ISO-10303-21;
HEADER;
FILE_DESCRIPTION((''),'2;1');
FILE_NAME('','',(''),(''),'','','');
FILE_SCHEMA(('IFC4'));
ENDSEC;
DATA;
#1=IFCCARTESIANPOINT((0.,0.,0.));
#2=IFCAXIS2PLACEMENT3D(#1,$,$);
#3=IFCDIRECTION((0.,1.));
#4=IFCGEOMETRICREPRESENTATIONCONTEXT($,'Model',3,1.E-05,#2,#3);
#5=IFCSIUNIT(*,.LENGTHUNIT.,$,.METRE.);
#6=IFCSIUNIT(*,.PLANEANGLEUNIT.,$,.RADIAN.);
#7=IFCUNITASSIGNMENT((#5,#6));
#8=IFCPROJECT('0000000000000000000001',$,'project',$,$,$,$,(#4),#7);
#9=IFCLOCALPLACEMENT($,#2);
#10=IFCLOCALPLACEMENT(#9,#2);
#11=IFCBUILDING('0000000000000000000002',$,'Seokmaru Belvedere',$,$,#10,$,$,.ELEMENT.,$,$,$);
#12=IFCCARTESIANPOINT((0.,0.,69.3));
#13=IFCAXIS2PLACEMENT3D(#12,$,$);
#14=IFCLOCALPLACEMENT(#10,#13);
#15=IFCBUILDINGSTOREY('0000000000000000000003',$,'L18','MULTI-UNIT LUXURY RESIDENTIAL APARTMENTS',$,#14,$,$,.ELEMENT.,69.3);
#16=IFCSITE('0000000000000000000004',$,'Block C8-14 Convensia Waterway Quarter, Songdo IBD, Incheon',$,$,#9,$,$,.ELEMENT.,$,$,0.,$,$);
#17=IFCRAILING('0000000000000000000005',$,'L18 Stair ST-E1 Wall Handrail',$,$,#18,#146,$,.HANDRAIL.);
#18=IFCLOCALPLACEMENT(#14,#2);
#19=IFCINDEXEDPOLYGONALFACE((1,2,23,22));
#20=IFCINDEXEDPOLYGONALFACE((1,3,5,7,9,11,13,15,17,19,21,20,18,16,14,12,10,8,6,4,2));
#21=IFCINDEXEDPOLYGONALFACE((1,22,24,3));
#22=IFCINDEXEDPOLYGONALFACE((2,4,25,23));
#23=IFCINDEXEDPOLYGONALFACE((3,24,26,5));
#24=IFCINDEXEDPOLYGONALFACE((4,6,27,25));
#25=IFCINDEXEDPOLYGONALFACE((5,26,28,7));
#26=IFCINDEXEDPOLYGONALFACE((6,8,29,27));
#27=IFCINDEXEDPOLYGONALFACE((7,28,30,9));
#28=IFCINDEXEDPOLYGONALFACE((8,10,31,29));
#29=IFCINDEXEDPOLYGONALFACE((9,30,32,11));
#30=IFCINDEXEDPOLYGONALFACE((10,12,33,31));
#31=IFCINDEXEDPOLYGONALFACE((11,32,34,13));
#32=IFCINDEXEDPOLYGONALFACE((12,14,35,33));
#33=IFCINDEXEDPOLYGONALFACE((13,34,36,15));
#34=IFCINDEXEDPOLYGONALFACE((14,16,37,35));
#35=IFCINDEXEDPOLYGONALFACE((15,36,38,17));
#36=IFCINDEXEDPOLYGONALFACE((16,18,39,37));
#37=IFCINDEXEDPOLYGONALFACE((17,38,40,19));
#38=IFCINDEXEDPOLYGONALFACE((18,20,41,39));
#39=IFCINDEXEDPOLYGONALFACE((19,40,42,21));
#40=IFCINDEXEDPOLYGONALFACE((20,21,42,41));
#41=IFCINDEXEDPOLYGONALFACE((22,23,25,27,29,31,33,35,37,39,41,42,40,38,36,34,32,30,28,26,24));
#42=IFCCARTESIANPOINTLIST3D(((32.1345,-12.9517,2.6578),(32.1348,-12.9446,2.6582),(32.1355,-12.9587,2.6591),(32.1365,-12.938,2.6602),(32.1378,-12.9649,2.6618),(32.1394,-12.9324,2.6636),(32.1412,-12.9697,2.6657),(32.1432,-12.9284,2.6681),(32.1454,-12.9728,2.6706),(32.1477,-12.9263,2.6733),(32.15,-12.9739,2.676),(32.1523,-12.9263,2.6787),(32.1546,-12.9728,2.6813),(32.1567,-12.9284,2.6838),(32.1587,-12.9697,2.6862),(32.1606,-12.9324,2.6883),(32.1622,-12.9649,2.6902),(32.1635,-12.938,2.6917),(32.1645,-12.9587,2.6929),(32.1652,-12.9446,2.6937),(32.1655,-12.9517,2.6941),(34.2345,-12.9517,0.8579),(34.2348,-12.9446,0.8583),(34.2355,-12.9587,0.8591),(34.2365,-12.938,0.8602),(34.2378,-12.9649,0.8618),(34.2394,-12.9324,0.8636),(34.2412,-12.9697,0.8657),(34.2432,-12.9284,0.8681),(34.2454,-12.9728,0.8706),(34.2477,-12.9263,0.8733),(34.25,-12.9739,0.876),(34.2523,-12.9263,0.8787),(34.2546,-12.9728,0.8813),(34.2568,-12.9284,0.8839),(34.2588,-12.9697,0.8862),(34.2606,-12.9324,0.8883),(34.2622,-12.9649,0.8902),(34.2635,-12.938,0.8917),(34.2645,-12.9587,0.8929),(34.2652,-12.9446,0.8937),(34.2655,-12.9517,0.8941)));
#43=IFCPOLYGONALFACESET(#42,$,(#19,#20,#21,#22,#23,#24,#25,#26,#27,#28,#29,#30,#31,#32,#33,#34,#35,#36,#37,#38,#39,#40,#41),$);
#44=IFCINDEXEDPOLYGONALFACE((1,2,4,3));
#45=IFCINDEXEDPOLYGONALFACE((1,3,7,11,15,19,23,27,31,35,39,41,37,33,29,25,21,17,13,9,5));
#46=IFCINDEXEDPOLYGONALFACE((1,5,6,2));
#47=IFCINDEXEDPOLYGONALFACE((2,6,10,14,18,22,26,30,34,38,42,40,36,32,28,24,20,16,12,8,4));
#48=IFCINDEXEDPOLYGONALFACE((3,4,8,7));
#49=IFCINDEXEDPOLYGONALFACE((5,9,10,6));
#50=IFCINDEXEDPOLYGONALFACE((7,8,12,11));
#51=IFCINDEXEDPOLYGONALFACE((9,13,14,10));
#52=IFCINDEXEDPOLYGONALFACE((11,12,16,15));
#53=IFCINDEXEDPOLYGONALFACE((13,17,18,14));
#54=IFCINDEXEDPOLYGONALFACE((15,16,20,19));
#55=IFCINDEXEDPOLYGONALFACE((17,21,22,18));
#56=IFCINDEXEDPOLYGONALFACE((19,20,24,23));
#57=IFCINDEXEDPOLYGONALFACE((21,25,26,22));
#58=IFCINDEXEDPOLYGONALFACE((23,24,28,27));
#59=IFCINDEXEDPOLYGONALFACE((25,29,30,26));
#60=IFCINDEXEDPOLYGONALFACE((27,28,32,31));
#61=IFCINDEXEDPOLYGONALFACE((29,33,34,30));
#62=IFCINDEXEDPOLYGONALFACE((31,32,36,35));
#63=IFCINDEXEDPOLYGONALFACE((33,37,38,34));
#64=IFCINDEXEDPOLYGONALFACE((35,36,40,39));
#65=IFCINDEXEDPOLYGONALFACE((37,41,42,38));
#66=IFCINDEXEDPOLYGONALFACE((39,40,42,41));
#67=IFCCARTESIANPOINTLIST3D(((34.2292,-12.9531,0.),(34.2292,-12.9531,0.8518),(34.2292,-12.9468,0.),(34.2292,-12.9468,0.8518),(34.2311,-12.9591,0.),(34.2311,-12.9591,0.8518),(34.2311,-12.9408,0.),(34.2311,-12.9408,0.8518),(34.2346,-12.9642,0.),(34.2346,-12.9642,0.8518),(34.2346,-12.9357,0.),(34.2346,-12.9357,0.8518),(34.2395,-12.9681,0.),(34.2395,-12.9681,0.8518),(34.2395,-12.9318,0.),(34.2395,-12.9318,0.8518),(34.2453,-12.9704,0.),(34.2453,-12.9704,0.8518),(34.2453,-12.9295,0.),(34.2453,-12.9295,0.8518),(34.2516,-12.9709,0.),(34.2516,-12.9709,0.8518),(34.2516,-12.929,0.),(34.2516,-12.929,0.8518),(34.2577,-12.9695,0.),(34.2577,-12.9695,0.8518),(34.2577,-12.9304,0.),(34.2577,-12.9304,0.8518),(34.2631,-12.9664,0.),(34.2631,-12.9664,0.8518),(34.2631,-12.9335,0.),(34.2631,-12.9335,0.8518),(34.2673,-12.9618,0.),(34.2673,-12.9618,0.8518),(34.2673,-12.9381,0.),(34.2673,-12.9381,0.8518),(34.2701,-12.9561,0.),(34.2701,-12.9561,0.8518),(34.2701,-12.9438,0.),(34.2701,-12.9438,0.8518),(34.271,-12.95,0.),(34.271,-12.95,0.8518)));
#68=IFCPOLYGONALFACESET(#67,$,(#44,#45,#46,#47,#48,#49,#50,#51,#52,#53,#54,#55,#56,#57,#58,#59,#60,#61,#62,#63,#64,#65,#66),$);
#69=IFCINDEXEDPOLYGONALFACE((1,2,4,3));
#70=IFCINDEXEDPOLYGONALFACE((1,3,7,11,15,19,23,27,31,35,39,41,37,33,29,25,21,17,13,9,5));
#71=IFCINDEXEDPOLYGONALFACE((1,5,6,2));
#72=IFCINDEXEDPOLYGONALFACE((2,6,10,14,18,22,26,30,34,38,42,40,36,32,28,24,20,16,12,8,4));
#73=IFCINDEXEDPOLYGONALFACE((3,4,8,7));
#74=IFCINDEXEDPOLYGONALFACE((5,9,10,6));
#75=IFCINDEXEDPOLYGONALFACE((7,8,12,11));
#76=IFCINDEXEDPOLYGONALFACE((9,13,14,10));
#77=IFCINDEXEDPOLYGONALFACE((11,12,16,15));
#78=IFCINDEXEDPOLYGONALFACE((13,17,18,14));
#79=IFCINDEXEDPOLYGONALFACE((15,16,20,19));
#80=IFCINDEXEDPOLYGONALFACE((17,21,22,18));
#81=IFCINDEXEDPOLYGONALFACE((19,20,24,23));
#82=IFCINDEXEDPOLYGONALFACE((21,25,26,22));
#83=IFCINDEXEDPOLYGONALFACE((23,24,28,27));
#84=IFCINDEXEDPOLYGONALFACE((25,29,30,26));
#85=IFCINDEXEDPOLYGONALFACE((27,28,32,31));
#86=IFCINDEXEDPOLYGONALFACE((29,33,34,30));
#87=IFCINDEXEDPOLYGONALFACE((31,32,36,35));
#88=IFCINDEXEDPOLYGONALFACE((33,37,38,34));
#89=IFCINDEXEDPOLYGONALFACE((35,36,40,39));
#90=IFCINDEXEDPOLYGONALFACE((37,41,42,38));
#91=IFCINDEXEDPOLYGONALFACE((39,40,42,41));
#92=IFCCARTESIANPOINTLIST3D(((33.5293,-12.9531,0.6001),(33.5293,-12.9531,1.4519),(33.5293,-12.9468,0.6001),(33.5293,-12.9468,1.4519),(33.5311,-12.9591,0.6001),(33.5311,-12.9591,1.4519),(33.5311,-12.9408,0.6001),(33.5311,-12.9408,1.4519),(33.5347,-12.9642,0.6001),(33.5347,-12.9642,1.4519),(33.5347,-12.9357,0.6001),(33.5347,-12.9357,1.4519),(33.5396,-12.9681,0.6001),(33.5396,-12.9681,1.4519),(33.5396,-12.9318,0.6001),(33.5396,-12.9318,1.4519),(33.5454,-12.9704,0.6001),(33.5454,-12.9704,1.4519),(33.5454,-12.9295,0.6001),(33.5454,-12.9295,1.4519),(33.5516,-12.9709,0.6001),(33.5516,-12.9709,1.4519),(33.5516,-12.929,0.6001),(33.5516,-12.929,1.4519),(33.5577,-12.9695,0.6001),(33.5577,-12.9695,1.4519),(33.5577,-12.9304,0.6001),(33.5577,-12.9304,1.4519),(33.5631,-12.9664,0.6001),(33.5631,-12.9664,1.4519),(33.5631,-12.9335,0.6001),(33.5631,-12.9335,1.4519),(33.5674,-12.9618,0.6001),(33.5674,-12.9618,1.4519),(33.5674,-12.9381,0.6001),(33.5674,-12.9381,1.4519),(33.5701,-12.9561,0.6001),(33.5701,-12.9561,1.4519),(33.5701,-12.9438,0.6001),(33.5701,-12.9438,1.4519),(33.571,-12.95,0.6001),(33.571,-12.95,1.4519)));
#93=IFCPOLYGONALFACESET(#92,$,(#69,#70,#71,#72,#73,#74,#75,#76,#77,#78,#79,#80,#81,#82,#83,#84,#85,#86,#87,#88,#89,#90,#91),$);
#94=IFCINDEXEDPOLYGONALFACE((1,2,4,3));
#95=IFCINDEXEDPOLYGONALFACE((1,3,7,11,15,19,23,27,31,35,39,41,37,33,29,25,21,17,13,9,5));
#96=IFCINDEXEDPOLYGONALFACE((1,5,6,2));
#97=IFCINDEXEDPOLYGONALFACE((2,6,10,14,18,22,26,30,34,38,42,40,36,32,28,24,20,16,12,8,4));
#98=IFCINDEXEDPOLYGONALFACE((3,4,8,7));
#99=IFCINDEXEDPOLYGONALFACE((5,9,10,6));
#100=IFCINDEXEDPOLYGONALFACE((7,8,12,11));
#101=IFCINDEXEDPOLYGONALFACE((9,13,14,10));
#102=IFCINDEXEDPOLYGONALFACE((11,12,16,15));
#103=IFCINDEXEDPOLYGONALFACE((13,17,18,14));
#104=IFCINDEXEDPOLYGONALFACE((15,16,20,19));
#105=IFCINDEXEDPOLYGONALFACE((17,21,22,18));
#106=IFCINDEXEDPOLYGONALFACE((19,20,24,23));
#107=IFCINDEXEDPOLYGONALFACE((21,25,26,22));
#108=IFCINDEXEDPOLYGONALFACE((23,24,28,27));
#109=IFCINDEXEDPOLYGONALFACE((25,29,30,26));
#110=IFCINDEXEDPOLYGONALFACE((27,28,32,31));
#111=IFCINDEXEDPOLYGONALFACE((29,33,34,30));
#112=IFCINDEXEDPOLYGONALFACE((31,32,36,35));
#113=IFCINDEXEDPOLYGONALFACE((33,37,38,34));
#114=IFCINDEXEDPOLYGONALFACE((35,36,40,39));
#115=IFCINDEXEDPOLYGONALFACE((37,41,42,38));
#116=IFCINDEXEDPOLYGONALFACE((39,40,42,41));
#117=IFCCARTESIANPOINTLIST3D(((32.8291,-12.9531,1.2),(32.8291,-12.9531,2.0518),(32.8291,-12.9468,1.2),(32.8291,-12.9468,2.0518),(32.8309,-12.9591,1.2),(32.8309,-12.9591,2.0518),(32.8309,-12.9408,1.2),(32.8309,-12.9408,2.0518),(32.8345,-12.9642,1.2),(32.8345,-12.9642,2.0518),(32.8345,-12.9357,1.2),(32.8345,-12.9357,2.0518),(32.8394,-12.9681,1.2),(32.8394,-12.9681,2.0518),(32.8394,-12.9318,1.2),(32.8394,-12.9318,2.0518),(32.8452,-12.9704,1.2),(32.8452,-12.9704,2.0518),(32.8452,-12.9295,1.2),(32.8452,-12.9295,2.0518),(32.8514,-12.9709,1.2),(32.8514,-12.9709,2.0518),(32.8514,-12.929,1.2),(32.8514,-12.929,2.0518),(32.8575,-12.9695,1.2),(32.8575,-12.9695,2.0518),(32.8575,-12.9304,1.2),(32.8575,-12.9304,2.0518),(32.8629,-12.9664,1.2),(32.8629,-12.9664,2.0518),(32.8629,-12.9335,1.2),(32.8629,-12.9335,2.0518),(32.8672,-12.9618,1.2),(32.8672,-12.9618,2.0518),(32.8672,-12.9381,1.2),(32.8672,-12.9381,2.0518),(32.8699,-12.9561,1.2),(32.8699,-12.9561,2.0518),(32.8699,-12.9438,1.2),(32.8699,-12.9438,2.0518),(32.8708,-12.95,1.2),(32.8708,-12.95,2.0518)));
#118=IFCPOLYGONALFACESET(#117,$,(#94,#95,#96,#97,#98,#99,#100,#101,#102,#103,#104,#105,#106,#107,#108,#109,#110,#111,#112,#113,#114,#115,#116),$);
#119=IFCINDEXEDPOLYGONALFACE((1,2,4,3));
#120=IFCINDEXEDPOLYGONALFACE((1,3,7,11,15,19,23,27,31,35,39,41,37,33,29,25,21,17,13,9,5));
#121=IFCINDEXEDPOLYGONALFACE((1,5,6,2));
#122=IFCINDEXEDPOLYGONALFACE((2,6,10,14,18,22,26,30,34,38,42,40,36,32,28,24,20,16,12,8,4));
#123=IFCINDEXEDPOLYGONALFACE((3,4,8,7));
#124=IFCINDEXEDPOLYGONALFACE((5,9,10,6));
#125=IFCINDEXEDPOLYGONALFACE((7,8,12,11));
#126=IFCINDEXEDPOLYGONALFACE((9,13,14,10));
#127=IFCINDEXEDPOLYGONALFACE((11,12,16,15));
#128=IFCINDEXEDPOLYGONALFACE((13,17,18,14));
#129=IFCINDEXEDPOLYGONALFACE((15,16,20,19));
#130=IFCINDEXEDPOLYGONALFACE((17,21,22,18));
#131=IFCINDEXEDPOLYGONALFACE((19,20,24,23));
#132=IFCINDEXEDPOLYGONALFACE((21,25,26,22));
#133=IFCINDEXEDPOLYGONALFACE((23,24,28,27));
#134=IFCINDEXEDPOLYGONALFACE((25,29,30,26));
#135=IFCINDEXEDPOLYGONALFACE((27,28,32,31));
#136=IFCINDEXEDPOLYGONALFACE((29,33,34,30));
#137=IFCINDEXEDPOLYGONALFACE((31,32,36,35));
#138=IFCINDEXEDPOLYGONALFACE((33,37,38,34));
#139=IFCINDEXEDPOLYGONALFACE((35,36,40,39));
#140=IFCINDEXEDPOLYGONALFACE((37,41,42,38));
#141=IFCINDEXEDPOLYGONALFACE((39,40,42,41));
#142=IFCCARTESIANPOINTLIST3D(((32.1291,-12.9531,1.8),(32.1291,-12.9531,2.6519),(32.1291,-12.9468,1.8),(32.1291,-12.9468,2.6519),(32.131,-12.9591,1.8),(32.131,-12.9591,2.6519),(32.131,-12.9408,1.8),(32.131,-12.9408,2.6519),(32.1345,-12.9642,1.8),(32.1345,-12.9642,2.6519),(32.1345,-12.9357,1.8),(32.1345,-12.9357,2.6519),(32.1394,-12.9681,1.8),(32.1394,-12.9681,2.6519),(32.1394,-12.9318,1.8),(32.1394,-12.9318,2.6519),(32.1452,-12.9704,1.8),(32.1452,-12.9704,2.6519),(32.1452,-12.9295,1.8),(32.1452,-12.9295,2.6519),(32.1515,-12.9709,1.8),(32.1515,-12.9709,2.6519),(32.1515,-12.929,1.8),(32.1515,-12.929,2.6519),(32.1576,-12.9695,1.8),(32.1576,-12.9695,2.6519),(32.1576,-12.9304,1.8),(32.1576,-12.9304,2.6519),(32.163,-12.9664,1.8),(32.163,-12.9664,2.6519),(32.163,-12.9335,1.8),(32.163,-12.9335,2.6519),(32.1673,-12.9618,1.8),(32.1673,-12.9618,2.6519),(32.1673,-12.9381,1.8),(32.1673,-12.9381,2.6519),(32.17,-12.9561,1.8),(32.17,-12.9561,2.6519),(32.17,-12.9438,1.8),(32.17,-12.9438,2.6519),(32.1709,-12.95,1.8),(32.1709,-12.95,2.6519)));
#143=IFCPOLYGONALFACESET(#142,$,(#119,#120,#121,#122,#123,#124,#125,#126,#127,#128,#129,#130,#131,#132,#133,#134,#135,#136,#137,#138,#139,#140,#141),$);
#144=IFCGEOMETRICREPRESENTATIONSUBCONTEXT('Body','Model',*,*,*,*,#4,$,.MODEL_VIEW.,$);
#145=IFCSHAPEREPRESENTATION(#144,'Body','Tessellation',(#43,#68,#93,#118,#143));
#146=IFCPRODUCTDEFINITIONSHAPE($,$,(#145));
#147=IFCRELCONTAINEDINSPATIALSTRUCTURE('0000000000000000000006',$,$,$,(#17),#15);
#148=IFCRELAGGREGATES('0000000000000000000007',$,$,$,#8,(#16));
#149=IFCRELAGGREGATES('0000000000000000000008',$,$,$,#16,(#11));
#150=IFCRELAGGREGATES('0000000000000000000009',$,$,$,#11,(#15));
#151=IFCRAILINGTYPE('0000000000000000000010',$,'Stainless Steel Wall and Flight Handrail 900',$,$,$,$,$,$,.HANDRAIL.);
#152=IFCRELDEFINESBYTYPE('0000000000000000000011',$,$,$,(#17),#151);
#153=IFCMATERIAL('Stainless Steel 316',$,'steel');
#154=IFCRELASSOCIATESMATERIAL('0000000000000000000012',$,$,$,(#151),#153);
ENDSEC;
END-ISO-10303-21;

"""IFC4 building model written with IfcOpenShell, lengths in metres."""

from ifc_helpers import new_model, si_unit, direction, frame, origin, origin_2d, place, context, subcontext, project, spatial, circle, extrude, material, type_object, element, save


model = new_model("IFC4")

# Units and contexts
model_context = context("Model", 3, precision=1e-05, world=origin(), true_north=direction((0.0, 1.0)))
body_context = subcontext(model_context, "Body", "Model", "MODEL_VIEW")
ifc_project = project(units=[si_unit("LENGTHUNIT", "METRE"), si_unit("PLANEANGLEUNIT", "RADIAN")], contexts=[model_context])

# Site, building, storey
site_placement = place(None, origin())
site = spatial("IfcSite", under=ifc_project, at=site_placement, Name="Block C8-14 Convensia Waterway Quarter, Songdo IBD, Incheon", CompositionType="ELEMENT", RefElevation=0.0)
building_placement = place(site_placement, origin())
building = spatial("IfcBuilding", under=site, at=building_placement, Name="Seokmaru Belvedere", CompositionType="ELEMENT")
storey_placement = place(building_placement, frame((0.0, 0.0, 69.3)))
storey = spatial("IfcBuildingStorey", under=building, at=storey_placement, Name="L18", Description="MULTI-UNIT LUXURY RESIDENTIAL APARTMENTS", CompositionType="ELEMENT", Elevation=69.3)

# Shared definitions
ifc_material_1 = material(Name="Stainless Steel 316", Category="steel")

# Railing
railing_type_1 = type_object("IfcRailingType", Name="Stainless Steel Wall and Flight Handrail 900", PredefinedType="HANDRAIL", material=ifc_material_1)
railing_1_placement = place(storey_placement, frame((34.25, -12.95, 0.0)))
element("IfcRailing", 1, at=railing_1_placement, inside=storey, type_object=railing_type_1, Name="L18 Stair ST-E1 Wall Handrail", PredefinedType="HANDRAIL", context=body_context, shape_type="SweptSolid", body=[
    extrude(circle(Radius=0.0239, at=origin_2d()), frame((0.0, 0.0, 0.876), z_axis=(-0.759263, 0.0, 0.650784), x_axis=(0.0, -1.0, 0.0)), (0.0, 0.0, 1.0), 2.7659),
    extrude(circle(Radius=0.021, at=origin_2d()), origin(), (0.0, 0.0, 1.0), 0.8518),
    extrude(circle(Radius=0.021, at=origin_2d()), frame((-0.7, 0.0, 0.6001)), (0.0, 0.0, 1.0), 0.8518),
    extrude(circle(Radius=0.021, at=origin_2d()), frame((-1.4001, 0.0, 1.2)), (0.0, 0.0, 1.0), 0.8518),
    extrude(circle(Radius=0.021, at=origin_2d()), frame((-2.1001, 0.0, 1.8)), (0.0, 0.0, 1.0), 0.8518),
])

save(model, "model.ifc")
